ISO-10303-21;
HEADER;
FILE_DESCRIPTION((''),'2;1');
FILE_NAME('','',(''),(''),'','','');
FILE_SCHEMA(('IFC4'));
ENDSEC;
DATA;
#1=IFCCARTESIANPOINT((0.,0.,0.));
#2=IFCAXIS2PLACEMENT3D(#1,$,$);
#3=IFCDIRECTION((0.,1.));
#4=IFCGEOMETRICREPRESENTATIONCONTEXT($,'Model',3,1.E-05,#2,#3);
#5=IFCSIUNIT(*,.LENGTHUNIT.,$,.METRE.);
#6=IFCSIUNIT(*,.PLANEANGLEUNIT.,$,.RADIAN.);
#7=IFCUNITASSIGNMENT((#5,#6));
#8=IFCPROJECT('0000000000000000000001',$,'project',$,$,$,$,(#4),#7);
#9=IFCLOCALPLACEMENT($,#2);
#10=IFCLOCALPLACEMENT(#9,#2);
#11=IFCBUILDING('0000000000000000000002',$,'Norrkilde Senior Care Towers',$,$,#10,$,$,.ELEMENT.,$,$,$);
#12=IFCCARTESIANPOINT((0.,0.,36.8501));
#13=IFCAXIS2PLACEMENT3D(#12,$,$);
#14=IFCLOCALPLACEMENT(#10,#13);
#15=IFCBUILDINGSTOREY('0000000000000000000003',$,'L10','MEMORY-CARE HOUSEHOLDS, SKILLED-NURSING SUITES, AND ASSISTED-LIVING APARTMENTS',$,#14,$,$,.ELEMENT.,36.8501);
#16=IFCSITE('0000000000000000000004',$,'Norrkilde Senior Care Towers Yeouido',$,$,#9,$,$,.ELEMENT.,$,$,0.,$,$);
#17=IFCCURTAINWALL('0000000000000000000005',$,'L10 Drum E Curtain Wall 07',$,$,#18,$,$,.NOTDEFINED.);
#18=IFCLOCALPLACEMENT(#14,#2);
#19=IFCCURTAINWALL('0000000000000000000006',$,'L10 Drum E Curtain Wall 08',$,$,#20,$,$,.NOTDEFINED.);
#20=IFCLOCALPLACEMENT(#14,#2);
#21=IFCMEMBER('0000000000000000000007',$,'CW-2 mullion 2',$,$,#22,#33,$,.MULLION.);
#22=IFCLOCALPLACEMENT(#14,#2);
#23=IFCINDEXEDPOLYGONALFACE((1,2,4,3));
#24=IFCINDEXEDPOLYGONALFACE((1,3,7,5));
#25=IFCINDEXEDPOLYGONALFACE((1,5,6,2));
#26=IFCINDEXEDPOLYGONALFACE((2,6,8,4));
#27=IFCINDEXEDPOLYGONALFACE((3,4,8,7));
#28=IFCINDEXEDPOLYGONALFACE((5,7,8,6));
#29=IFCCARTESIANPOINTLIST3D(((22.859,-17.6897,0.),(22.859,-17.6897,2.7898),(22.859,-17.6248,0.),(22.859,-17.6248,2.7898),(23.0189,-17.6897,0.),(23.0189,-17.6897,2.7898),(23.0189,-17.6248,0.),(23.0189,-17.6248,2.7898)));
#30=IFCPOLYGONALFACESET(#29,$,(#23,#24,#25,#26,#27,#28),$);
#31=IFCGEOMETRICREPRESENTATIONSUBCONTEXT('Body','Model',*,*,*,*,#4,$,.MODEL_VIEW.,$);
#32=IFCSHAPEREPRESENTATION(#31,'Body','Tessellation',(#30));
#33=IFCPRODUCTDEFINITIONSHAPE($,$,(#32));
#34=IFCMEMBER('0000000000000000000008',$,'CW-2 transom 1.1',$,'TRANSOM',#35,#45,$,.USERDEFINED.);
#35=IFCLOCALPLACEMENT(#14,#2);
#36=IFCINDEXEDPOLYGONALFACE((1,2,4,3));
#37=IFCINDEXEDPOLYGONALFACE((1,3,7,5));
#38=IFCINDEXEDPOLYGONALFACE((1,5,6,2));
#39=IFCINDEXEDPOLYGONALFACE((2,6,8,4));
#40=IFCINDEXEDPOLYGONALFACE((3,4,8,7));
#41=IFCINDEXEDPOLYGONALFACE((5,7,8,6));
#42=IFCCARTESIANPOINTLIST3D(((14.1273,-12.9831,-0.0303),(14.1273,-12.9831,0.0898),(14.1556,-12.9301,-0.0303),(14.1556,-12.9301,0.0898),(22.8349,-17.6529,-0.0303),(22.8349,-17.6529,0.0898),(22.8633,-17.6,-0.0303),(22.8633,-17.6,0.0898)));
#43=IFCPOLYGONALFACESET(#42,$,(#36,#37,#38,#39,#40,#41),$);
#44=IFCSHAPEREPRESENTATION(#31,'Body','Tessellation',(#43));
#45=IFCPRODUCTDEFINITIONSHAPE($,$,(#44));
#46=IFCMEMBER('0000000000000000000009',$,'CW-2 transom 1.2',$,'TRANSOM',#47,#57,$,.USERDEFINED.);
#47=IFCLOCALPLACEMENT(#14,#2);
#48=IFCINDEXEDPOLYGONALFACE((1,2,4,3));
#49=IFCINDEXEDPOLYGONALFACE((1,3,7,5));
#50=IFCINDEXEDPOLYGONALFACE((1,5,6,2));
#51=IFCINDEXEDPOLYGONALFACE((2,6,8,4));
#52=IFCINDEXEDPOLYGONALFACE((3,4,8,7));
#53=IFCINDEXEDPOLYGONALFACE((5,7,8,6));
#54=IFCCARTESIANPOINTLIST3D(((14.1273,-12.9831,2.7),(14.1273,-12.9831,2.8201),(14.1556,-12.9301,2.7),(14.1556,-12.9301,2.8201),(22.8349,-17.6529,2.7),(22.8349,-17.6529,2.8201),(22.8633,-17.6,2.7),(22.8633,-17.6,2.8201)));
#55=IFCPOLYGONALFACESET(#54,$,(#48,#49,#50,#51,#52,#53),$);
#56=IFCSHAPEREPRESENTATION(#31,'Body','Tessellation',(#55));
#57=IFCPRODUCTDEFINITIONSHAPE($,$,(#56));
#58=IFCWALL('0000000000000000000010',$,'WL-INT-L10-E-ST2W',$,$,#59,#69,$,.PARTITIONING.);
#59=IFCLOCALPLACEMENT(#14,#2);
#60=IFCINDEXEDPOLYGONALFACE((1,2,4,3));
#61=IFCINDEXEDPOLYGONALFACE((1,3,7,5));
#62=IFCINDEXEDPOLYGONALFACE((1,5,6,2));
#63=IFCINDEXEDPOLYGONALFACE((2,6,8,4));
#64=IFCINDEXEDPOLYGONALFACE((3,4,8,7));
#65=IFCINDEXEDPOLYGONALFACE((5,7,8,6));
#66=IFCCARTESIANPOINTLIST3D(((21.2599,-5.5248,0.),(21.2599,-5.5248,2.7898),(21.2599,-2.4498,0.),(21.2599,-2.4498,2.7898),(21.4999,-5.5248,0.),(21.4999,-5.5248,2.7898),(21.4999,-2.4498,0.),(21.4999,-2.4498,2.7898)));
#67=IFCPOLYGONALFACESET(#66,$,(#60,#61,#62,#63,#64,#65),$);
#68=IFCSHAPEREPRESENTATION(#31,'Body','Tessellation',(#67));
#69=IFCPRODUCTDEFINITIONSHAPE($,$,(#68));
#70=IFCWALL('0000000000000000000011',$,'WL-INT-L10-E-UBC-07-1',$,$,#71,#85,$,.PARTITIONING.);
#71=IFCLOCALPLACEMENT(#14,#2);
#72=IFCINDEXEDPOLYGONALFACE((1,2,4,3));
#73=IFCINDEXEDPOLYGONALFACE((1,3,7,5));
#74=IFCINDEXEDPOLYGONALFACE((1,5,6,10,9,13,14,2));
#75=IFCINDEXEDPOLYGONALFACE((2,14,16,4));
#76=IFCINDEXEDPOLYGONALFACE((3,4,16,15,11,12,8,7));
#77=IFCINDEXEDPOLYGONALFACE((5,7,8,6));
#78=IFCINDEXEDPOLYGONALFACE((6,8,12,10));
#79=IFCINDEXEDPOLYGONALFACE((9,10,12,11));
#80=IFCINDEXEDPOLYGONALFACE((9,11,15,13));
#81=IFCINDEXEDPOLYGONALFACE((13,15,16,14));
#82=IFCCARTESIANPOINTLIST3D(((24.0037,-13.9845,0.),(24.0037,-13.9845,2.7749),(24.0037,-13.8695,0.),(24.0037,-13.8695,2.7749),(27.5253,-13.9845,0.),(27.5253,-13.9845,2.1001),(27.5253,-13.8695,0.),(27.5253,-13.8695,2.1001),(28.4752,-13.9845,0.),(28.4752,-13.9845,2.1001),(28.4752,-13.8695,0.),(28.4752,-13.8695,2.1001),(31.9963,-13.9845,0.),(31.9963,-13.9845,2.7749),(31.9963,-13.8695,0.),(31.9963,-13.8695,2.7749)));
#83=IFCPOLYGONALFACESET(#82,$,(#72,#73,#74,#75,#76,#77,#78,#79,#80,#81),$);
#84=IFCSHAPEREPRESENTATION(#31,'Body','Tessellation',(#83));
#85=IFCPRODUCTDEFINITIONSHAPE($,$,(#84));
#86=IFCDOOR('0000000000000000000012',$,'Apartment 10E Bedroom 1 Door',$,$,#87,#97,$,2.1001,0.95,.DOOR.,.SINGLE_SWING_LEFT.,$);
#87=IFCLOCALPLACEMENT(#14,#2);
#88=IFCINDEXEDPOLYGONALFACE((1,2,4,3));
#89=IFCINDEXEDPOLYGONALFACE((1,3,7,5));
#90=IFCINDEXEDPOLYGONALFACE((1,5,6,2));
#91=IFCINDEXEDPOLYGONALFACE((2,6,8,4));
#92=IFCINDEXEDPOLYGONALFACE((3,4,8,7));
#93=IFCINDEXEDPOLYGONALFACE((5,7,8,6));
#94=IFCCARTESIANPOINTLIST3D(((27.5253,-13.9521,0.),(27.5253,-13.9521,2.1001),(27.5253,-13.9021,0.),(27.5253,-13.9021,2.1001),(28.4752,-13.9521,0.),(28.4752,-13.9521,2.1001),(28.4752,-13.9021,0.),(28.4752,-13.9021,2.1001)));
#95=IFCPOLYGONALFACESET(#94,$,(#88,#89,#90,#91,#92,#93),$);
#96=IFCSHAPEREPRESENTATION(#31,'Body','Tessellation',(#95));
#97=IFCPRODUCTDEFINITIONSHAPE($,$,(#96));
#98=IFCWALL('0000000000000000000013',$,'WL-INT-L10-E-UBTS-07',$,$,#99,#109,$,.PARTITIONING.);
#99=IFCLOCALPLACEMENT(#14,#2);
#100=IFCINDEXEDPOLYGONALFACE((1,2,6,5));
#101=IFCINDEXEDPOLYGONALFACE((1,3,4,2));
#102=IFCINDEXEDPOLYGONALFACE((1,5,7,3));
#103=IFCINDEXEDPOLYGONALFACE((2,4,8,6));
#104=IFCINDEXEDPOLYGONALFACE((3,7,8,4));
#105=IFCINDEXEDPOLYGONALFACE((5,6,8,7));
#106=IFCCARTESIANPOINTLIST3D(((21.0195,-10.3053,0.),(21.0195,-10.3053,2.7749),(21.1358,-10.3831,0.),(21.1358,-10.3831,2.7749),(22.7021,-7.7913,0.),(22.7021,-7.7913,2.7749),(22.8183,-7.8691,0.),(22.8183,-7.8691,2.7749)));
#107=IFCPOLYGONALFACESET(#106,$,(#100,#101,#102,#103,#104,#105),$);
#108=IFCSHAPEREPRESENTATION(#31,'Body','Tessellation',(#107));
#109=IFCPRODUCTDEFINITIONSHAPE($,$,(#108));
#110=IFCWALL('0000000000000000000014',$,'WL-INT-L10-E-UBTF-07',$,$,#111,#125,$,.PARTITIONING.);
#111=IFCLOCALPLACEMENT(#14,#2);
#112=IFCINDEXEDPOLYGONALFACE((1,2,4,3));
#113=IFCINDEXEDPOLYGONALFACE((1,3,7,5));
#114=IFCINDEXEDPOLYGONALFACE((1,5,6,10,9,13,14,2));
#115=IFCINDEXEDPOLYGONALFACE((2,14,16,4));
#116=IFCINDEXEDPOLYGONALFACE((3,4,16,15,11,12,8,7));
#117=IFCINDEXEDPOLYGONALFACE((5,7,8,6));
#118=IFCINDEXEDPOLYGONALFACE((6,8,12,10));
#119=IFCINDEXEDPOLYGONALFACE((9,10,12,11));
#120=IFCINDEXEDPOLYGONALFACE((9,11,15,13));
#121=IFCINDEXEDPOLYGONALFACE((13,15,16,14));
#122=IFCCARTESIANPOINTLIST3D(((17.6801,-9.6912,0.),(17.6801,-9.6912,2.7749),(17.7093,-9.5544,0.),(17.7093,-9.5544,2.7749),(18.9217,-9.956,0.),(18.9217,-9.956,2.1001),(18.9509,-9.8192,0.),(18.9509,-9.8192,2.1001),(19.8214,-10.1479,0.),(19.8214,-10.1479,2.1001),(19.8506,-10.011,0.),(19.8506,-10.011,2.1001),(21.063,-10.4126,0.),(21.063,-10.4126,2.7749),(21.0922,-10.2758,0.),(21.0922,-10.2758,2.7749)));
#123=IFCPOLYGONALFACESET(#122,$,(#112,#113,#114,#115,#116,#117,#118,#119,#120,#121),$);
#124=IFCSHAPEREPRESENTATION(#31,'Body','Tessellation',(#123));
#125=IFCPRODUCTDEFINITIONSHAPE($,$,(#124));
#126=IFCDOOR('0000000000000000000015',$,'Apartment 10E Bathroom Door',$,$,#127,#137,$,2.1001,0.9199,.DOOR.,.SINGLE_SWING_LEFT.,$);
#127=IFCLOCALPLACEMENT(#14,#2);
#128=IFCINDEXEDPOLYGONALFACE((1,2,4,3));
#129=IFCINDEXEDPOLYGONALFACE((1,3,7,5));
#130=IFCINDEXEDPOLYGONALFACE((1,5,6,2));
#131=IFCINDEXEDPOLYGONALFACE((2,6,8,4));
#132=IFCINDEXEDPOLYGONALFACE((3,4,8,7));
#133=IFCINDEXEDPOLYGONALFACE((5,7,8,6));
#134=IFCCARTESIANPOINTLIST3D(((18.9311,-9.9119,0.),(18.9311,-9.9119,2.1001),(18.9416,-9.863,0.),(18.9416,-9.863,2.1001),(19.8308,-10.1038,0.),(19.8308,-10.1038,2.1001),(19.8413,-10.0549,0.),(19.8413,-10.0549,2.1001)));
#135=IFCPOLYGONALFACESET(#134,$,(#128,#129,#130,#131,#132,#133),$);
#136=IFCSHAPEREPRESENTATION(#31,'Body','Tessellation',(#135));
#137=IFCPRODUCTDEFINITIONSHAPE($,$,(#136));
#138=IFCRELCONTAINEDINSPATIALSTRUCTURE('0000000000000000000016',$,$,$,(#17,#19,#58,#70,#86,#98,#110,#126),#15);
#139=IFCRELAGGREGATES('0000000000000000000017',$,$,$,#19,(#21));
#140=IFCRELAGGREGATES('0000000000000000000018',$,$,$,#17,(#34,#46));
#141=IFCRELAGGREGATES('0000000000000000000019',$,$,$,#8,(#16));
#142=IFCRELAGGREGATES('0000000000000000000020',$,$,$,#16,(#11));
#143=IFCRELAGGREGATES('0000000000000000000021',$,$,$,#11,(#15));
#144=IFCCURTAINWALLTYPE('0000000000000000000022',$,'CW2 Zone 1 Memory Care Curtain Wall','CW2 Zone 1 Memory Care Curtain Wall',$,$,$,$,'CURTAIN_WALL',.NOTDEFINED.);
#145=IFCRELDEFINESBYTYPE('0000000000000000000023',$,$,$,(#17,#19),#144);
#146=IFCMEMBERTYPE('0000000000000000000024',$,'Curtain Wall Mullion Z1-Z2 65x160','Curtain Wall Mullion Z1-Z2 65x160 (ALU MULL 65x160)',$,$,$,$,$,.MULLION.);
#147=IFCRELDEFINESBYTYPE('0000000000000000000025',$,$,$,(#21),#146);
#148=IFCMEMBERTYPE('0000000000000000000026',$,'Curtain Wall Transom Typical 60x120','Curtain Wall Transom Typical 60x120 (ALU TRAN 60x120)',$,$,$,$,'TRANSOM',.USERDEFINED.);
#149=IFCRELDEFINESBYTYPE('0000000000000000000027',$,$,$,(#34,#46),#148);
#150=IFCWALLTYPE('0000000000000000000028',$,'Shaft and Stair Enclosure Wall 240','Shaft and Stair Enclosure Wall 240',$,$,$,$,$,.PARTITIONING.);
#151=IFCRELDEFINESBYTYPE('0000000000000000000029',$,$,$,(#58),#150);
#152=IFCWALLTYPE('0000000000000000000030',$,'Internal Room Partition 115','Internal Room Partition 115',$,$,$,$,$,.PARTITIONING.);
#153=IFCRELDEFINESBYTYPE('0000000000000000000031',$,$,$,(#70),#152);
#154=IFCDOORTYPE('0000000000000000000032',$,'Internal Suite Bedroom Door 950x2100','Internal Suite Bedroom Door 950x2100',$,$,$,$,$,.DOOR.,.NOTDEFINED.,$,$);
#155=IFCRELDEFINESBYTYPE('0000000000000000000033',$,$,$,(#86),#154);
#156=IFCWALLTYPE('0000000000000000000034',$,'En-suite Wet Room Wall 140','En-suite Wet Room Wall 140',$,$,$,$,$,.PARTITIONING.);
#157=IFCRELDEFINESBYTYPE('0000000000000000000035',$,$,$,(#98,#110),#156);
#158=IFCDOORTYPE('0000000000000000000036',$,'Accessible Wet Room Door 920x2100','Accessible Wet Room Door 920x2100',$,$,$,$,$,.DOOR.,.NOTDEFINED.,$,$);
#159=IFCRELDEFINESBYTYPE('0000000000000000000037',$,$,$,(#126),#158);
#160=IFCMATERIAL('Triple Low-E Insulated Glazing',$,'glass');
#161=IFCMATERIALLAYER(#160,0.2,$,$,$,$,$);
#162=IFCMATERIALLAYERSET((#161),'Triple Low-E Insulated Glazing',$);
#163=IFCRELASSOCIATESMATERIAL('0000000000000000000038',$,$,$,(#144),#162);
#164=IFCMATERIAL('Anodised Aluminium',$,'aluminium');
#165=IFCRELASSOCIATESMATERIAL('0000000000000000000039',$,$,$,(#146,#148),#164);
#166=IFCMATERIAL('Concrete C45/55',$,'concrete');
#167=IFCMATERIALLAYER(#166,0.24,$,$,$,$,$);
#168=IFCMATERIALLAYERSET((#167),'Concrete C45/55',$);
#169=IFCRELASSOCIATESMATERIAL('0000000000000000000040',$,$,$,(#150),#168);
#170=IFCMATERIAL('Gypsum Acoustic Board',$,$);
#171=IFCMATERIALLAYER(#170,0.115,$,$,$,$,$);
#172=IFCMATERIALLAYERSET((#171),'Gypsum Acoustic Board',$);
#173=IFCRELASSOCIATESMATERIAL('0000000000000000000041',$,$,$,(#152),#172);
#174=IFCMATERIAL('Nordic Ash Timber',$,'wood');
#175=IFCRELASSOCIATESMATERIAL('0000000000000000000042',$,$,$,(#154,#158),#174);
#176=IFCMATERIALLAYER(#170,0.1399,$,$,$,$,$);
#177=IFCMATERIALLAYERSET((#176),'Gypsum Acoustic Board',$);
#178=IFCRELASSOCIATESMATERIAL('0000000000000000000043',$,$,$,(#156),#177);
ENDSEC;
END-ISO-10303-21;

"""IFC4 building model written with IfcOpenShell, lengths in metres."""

from ifc_helpers import new_model, si_unit, direction, frame, frame_2d, origin, origin_2d, place, context, subcontext, project, spatial, rectangle, extrude, source, transform, mapped, material, layer, layer_set, material_profile, profile_set, type_object, type_shapes, element, fill, aggregate, save


model = new_model("IFC4")

# Units and contexts
model_context = context("Model", 3, precision=1e-05, world=origin(), true_north=direction((0.0, 1.0)))
body_context = subcontext(model_context, "Body", "Model", "MODEL_VIEW")
ifc_project = project(units=[si_unit("LENGTHUNIT", "METRE"), si_unit("PLANEANGLEUNIT", "RADIAN")], contexts=[model_context])

# Site, building, storey
site_placement = place(None, origin())
site = spatial("IfcSite", under=ifc_project, at=site_placement, Name="Norrkilde Senior Care Towers Yeouido", CompositionType="ELEMENT", RefElevation=0.0)
building_placement = place(site_placement, origin())
building = spatial("IfcBuilding", under=site, at=building_placement, Name="Norrkilde Senior Care Towers", CompositionType="ELEMENT")
storey_placement = place(building_placement, frame((0.0, 0.0, 36.8501)))
storey = spatial("IfcBuildingStorey", under=building, at=storey_placement, Name="L10", Description="MEMORY-CARE HOUSEHOLDS, SKILLED-NURSING SUITES, AND ASSISTED-LIVING APARTMENTS", CompositionType="ELEMENT", Elevation=36.8501)

# Curtain walls, member
ifc_material_1 = material(Name="Triple Low-E Insulated Glazing", Category="glass")
ifc_layer_1 = layer(ifc_material_1, 0.2)
ifc_layer_set_1 = layer_set([ifc_layer_1], Name="Triple Low-E Insulated Glazing")
curtain_wall_type = type_object("IfcCurtainWallType", Name="CW2 Zone 1 Memory Care Curtain Wall", Description="CW2 Zone 1 Memory Care Curtain Wall", ElementType="CURTAIN_WALL", PredefinedType="NOTDEFINED", material=ifc_layer_set_1)
curtain_wall_1_placement = place(storey_placement, origin())
curtain_wall_1 = element("IfcCurtainWall", 1, at=curtain_wall_1_placement, inside=storey, type_object=curtain_wall_type, Name="L10 Drum E Curtain Wall 07", PredefinedType="NOTDEFINED")
ifc_material_2 = material(Name="Anodised Aluminium", Category="aluminium")
ifc_material_profile_1 = material_profile(ifc_material_2, rectangle(XDim=0.0649, YDim=0.1599, at=origin_2d()), Name="ALU MULL 65x160")
ifc_profile_set_1 = profile_set([ifc_material_profile_1], Name="Anodised Aluminium")
member_type_1 = type_object("IfcMemberType", Name="Curtain Wall Mullion Z1-Z2 65x160", Description="Curtain Wall Mullion Z1-Z2 65x160 (ALU MULL 65x160)", PredefinedType="MULLION", material=ifc_profile_set_1)
shared_shape_1 = source(origin(), body_context, "Body", "SweptSolid", [
    extrude(rectangle(XDim=0.0649, YDim=0.1599, at=origin_2d()), origin(), (0.0, 0.0, 1.0), 2.7898),
])
type_shapes(member_type_1, [shared_shape_1])
curtain_wall_2_placement = place(storey_placement, origin())
curtain_wall_2 = element("IfcCurtainWall", 2, at=curtain_wall_2_placement, inside=storey, type_object=curtain_wall_type, Name="L10 Drum E Curtain Wall 08", PredefinedType="NOTDEFINED")
member_1_placement = place(storey_placement, frame((22.939, -17.6572, 0.0), z_axis=(0.0, 0.0, 1.0), x_axis=(0.0, -1.0, 0.0)))
member_1 = element("IfcMember", 3, at=member_1_placement, type_object=member_type_1, Name="CW-2 mullion 2", PredefinedType="MULLION", context=body_context, shape_type="MappedRepresentation", body=[
    mapped(shared_shape_1, transform((0.0, 0.0, 0.0), x_axis=(1.0, 0.0, 0.0), y_axis=(0.0, 1.0, 0.0), z_axis=(0.0, 0.0, 1.0), scale=1.0)),
])
aggregate(curtain_wall_2, [member_1])

# Members
ifc_material_profile_2 = material_profile(ifc_material_2, rectangle(XDim=0.0601, YDim=0.1201, at=origin_2d()), Name="ALU TRAN 60x120")
ifc_profile_set_2 = profile_set([ifc_material_profile_2], Name="Anodised Aluminium")
member_type_2 = type_object("IfcMemberType", Name="Curtain Wall Transom Typical 60x120", Description="Curtain Wall Transom Typical 60x120 (ALU TRAN 60x120)", ElementType="TRANSOM", PredefinedType="USERDEFINED", material=ifc_profile_set_2)
shared_shape_2 = source(origin(), body_context, "Body", "SweptSolid", [
    extrude(rectangle(XDim=0.0601, YDim=0.1201, at=origin_2d()), origin(), (0.0, 0.0, 1.0), 9.8809),
])
type_shapes(member_type_2, [shared_shape_2])
member_2_placement = place(storey_placement, frame((22.8491, -17.6265, 0.0298), z_axis=(-0.881267, 0.472618, 0.0), x_axis=(-0.472618, -0.881267, 0.0)))
member_2 = element("IfcMember", 4, at=member_2_placement, type_object=member_type_2, Name="CW-2 transom 1.1", ObjectType="TRANSOM", PredefinedType="USERDEFINED", context=body_context, shape_type="MappedRepresentation", body=[
    mapped(shared_shape_2, transform((0.0, 0.0, 0.0), x_axis=(1.0, 0.0, 0.0), y_axis=(0.0, 1.0, 0.0), z_axis=(0.0, 0.0, 1.0), scale=1.0)),
])
member_3_placement = place(storey_placement, frame((22.8491, -17.6265, 2.76), z_axis=(-0.881267, 0.472618, 0.0), x_axis=(-0.472618, -0.881267, 0.0)))
member_3 = element("IfcMember", 5, at=member_3_placement, type_object=member_type_2, Name="CW-2 transom 1.2", ObjectType="TRANSOM", PredefinedType="USERDEFINED", context=body_context, shape_type="MappedRepresentation", body=[
    mapped(shared_shape_2, transform((0.0, 0.0, 0.0), x_axis=(1.0, 0.0, 0.0), y_axis=(0.0, 1.0, 0.0), z_axis=(0.0, 0.0, 1.0), scale=1.0)),
])
aggregate(curtain_wall_1, [member_2, member_3])

# Shared definitions
ifc_material_3 = material(Name="Concrete C45/55", Category="concrete")
ifc_layer_2 = layer(ifc_material_3, 0.24)
ifc_layer_set_2 = layer_set([ifc_layer_2], Name="Concrete C45/55")
wall_type_1 = type_object("IfcWallType", Name="Shaft and Stair Enclosure Wall 240", Description="Shaft and Stair Enclosure Wall 240", PredefinedType="PARTITIONING", material=ifc_layer_set_2)

# Wall
shared_shape_3 = source(origin(), body_context, "Body", "SweptSolid", [
    extrude(rectangle(XDim=3.075, YDim=0.24, at=frame_2d((1.5376, 0.0))), origin(), (0.0, 0.0, 1.0), 2.7898),
])
wall_1_placement = place(storey_placement, frame((21.3799, -5.5249, 0.0), z_axis=(0.0, 0.0, 1.0), x_axis=(0.0, 1.0, 0.0)))
element("IfcWall", 6, at=wall_1_placement, inside=storey, type_object=wall_type_1, Name="WL-INT-L10-E-ST2W", PredefinedType="PARTITIONING", context=body_context, shape_type="MappedRepresentation", body=[
    mapped(shared_shape_3, transform((0.0, 0.0, 0.0), x_axis=(1.0, 0.0, 0.0), y_axis=(0.0, 1.0, 0.0), z_axis=(0.0, 0.0, 1.0), scale=1.0)),
])

# Wall, opening, door
ifc_material_4 = material(Name="Gypsum Acoustic Board")
ifc_layer_3 = layer(ifc_material_4, 0.115)
ifc_layer_set_3 = layer_set([ifc_layer_3], Name="Gypsum Acoustic Board")
wall_type_2 = type_object("IfcWallType", Name="Internal Room Partition 115", Description="Internal Room Partition 115", PredefinedType="PARTITIONING", material=ifc_layer_set_3)
shared_shape_4 = source(origin(), body_context, "Body", "SweptSolid", [
    extrude(rectangle(XDim=7.9927, YDim=0.115, at=frame_2d((3.9963, 0.0))), origin(), (0.0, 0.0, 1.0), 2.7749),
])
wall_2_placement = place(storey_placement, frame((24.0037, -13.927, 0.0), z_axis=(0.0, 0.0, 1.0), x_axis=(1.0, 0.0, 0.0)))
wall_2 = element("IfcWall", 7, at=wall_2_placement, inside=storey, type_object=wall_type_2, Name="WL-INT-L10-E-UBC-07-1", PredefinedType="PARTITIONING", context=body_context, shape_type="MappedRepresentation", body=[
    mapped(shared_shape_4, transform((0.0, 0.0, 0.0), x_axis=(1.0, 0.0, 0.0), y_axis=(0.0, 1.0, 0.0), z_axis=(0.0, 0.0, 1.0), scale=1.0)),
])
opening_1_placement = place(wall_2_placement, frame((3.5215, 0.0, 0.0)))
opening_1 = element("IfcOpeningElement", 8, at=opening_1_placement, cuts=wall_2, PredefinedType="OPENING", context=body_context, shape_type="SweptSolid", body=[
    extrude(rectangle(XDim=0.95, YDim=2.1001, at=frame_2d((0.4751, 1.05))), frame((0.0, 0.0674, 0.0), z_axis=(0.0, -1.0, 0.0), x_axis=(1.0, 0.0, 0.0)), (0.0, 0.0, 1.0), 0.135),
])
ifc_material_5 = material(Name="Nordic Ash Timber", Category="wood")
door_type_1 = type_object("IfcDoorType", Name="Internal Suite Bedroom Door 950x2100", Description="Internal Suite Bedroom Door 950x2100", OperationType="NOTDEFINED", PredefinedType="DOOR", material=ifc_material_5)
shared_shape_5 = source(origin(), body_context, "Body", "SweptSolid", [
    extrude(rectangle(XDim=0.95, YDim=2.1001, at=frame_2d((0.4751, 1.05))), frame((0.0, 0.0249, 0.0), z_axis=(0.0, -1.0, 0.0), x_axis=(1.0, 0.0, 0.0)), (0.0, 0.0, 1.0), 0.05),
])
type_shapes(door_type_1, [shared_shape_5])
door_1_placement = place(opening_1_placement, origin())
door_1 = element("IfcDoor", 9, at=door_1_placement, inside=storey, type_object=door_type_1, Name="Apartment 10E Bedroom 1 Door", OperationType="SINGLE_SWING_LEFT", OverallHeight=2.1001, OverallWidth=0.95, PredefinedType="DOOR", context=body_context, shape_type="MappedRepresentation", body=[
    mapped(shared_shape_5, transform((0.0, 0.0, 0.0), x_axis=(1.0, 0.0, 0.0), y_axis=(0.0, 1.0, 0.0), z_axis=(0.0, 0.0, 1.0), scale=1.0)),
])
fill(opening_1, door_1)

# Wall
ifc_layer_4 = layer(ifc_material_4, 0.1399)
ifc_layer_set_4 = layer_set([ifc_layer_4], Name="Gypsum Acoustic Board")
wall_type_3 = type_object("IfcWallType", Name="En-suite Wet Room Wall 140", Description="En-suite Wet Room Wall 140", PredefinedType="PARTITIONING", material=ifc_layer_set_4)
shared_shape_6 = source(origin(), body_context, "Body", "SweptSolid", [
    extrude(rectangle(XDim=3.0251, YDim=0.1399, at=frame_2d((1.5127, 0.0))), origin(), (0.0, 0.0, 1.0), 2.7749),
])
wall_3_placement = place(storey_placement, frame((22.7603, -7.8301, 0.0), z_axis=(0.0, 0.0, 1.0), x_axis=(-0.556189, -0.831056, 0.0)))
element("IfcWall", 10, at=wall_3_placement, inside=storey, type_object=wall_type_3, Name="WL-INT-L10-E-UBTS-07", PredefinedType="PARTITIONING", context=body_context, shape_type="MappedRepresentation", body=[
    mapped(shared_shape_6, transform((0.0, 0.0, 0.0), x_axis=(1.0, 0.0, 0.0), y_axis=(0.0, 1.0, 0.0), z_axis=(0.0, 0.0, 1.0), scale=1.0)),
])

# Wall, opening, door
shared_shape_7 = source(origin(), body_context, "Body", "SweptSolid", [
    extrude(rectangle(XDim=3.459, YDim=0.1399, at=frame_2d((1.7295, 0.0))), origin(), (0.0, 0.0, 1.0), 2.7749),
])
type_shapes(wall_type_3, [shared_shape_6, shared_shape_7])
wall_4_placement = place(storey_placement, frame((21.0776, -10.3442, 0.0), z_axis=(0.0, 0.0, 1.0), x_axis=(-0.978006, 0.208575, 0.0)))
wall_4 = element("IfcWall", 11, at=wall_4_placement, inside=storey, type_object=wall_type_3, Name="WL-INT-L10-E-UBTF-07", PredefinedType="PARTITIONING", context=body_context, shape_type="MappedRepresentation", body=[
    mapped(shared_shape_7, transform((0.0, 0.0, 0.0), x_axis=(1.0, 0.0, 0.0), y_axis=(0.0, 1.0, 0.0), z_axis=(0.0, 0.0, 1.0), scale=1.0)),
])
opening_2_placement = place(wall_4_placement, frame((1.2695, 0.0, 0.0)))
opening_2 = element("IfcOpeningElement", 12, at=opening_2_placement, cuts=wall_4, PredefinedType="OPENING", context=body_context, shape_type="SweptSolid", body=[
    extrude(rectangle(XDim=0.9199, YDim=2.1001, at=frame_2d((0.46, 1.05))), frame((0.0, 0.0798, 0.0), z_axis=(0.0, -1.0, 0.0), x_axis=(1.0, 0.0, 0.0)), (0.0, 0.0, 1.0), 0.1599),
])
door_type_2 = type_object("IfcDoorType", Name="Accessible Wet Room Door 920x2100", Description="Accessible Wet Room Door 920x2100", OperationType="NOTDEFINED", PredefinedType="DOOR", material=ifc_material_5)
shared_shape_8 = source(origin(), body_context, "Body", "SweptSolid", [
    extrude(rectangle(XDim=0.9199, YDim=2.1001, at=frame_2d((0.46, 1.05))), frame((0.0, 0.0249, 0.0), z_axis=(0.0, -1.0, 0.0), x_axis=(1.0, 0.0, 0.0)), (0.0, 0.0, 1.0), 0.05),
])
type_shapes(door_type_2, [shared_shape_8])
door_2_placement = place(opening_2_placement, origin())
door_2 = element("IfcDoor", 13, at=door_2_placement, inside=storey, type_object=door_type_2, Name="Apartment 10E Bathroom Door", OperationType="SINGLE_SWING_LEFT", OverallHeight=2.1001, OverallWidth=0.9199, PredefinedType="DOOR", context=body_context, shape_type="MappedRepresentation", body=[
    mapped(shared_shape_8, transform((0.0, 0.0, 0.0), x_axis=(1.0, 0.0, 0.0), y_axis=(0.0, 1.0, 0.0), z_axis=(0.0, 0.0, 1.0), scale=1.0)),
])
fill(opening_2, door_2)

save(model, "model.ifc")
